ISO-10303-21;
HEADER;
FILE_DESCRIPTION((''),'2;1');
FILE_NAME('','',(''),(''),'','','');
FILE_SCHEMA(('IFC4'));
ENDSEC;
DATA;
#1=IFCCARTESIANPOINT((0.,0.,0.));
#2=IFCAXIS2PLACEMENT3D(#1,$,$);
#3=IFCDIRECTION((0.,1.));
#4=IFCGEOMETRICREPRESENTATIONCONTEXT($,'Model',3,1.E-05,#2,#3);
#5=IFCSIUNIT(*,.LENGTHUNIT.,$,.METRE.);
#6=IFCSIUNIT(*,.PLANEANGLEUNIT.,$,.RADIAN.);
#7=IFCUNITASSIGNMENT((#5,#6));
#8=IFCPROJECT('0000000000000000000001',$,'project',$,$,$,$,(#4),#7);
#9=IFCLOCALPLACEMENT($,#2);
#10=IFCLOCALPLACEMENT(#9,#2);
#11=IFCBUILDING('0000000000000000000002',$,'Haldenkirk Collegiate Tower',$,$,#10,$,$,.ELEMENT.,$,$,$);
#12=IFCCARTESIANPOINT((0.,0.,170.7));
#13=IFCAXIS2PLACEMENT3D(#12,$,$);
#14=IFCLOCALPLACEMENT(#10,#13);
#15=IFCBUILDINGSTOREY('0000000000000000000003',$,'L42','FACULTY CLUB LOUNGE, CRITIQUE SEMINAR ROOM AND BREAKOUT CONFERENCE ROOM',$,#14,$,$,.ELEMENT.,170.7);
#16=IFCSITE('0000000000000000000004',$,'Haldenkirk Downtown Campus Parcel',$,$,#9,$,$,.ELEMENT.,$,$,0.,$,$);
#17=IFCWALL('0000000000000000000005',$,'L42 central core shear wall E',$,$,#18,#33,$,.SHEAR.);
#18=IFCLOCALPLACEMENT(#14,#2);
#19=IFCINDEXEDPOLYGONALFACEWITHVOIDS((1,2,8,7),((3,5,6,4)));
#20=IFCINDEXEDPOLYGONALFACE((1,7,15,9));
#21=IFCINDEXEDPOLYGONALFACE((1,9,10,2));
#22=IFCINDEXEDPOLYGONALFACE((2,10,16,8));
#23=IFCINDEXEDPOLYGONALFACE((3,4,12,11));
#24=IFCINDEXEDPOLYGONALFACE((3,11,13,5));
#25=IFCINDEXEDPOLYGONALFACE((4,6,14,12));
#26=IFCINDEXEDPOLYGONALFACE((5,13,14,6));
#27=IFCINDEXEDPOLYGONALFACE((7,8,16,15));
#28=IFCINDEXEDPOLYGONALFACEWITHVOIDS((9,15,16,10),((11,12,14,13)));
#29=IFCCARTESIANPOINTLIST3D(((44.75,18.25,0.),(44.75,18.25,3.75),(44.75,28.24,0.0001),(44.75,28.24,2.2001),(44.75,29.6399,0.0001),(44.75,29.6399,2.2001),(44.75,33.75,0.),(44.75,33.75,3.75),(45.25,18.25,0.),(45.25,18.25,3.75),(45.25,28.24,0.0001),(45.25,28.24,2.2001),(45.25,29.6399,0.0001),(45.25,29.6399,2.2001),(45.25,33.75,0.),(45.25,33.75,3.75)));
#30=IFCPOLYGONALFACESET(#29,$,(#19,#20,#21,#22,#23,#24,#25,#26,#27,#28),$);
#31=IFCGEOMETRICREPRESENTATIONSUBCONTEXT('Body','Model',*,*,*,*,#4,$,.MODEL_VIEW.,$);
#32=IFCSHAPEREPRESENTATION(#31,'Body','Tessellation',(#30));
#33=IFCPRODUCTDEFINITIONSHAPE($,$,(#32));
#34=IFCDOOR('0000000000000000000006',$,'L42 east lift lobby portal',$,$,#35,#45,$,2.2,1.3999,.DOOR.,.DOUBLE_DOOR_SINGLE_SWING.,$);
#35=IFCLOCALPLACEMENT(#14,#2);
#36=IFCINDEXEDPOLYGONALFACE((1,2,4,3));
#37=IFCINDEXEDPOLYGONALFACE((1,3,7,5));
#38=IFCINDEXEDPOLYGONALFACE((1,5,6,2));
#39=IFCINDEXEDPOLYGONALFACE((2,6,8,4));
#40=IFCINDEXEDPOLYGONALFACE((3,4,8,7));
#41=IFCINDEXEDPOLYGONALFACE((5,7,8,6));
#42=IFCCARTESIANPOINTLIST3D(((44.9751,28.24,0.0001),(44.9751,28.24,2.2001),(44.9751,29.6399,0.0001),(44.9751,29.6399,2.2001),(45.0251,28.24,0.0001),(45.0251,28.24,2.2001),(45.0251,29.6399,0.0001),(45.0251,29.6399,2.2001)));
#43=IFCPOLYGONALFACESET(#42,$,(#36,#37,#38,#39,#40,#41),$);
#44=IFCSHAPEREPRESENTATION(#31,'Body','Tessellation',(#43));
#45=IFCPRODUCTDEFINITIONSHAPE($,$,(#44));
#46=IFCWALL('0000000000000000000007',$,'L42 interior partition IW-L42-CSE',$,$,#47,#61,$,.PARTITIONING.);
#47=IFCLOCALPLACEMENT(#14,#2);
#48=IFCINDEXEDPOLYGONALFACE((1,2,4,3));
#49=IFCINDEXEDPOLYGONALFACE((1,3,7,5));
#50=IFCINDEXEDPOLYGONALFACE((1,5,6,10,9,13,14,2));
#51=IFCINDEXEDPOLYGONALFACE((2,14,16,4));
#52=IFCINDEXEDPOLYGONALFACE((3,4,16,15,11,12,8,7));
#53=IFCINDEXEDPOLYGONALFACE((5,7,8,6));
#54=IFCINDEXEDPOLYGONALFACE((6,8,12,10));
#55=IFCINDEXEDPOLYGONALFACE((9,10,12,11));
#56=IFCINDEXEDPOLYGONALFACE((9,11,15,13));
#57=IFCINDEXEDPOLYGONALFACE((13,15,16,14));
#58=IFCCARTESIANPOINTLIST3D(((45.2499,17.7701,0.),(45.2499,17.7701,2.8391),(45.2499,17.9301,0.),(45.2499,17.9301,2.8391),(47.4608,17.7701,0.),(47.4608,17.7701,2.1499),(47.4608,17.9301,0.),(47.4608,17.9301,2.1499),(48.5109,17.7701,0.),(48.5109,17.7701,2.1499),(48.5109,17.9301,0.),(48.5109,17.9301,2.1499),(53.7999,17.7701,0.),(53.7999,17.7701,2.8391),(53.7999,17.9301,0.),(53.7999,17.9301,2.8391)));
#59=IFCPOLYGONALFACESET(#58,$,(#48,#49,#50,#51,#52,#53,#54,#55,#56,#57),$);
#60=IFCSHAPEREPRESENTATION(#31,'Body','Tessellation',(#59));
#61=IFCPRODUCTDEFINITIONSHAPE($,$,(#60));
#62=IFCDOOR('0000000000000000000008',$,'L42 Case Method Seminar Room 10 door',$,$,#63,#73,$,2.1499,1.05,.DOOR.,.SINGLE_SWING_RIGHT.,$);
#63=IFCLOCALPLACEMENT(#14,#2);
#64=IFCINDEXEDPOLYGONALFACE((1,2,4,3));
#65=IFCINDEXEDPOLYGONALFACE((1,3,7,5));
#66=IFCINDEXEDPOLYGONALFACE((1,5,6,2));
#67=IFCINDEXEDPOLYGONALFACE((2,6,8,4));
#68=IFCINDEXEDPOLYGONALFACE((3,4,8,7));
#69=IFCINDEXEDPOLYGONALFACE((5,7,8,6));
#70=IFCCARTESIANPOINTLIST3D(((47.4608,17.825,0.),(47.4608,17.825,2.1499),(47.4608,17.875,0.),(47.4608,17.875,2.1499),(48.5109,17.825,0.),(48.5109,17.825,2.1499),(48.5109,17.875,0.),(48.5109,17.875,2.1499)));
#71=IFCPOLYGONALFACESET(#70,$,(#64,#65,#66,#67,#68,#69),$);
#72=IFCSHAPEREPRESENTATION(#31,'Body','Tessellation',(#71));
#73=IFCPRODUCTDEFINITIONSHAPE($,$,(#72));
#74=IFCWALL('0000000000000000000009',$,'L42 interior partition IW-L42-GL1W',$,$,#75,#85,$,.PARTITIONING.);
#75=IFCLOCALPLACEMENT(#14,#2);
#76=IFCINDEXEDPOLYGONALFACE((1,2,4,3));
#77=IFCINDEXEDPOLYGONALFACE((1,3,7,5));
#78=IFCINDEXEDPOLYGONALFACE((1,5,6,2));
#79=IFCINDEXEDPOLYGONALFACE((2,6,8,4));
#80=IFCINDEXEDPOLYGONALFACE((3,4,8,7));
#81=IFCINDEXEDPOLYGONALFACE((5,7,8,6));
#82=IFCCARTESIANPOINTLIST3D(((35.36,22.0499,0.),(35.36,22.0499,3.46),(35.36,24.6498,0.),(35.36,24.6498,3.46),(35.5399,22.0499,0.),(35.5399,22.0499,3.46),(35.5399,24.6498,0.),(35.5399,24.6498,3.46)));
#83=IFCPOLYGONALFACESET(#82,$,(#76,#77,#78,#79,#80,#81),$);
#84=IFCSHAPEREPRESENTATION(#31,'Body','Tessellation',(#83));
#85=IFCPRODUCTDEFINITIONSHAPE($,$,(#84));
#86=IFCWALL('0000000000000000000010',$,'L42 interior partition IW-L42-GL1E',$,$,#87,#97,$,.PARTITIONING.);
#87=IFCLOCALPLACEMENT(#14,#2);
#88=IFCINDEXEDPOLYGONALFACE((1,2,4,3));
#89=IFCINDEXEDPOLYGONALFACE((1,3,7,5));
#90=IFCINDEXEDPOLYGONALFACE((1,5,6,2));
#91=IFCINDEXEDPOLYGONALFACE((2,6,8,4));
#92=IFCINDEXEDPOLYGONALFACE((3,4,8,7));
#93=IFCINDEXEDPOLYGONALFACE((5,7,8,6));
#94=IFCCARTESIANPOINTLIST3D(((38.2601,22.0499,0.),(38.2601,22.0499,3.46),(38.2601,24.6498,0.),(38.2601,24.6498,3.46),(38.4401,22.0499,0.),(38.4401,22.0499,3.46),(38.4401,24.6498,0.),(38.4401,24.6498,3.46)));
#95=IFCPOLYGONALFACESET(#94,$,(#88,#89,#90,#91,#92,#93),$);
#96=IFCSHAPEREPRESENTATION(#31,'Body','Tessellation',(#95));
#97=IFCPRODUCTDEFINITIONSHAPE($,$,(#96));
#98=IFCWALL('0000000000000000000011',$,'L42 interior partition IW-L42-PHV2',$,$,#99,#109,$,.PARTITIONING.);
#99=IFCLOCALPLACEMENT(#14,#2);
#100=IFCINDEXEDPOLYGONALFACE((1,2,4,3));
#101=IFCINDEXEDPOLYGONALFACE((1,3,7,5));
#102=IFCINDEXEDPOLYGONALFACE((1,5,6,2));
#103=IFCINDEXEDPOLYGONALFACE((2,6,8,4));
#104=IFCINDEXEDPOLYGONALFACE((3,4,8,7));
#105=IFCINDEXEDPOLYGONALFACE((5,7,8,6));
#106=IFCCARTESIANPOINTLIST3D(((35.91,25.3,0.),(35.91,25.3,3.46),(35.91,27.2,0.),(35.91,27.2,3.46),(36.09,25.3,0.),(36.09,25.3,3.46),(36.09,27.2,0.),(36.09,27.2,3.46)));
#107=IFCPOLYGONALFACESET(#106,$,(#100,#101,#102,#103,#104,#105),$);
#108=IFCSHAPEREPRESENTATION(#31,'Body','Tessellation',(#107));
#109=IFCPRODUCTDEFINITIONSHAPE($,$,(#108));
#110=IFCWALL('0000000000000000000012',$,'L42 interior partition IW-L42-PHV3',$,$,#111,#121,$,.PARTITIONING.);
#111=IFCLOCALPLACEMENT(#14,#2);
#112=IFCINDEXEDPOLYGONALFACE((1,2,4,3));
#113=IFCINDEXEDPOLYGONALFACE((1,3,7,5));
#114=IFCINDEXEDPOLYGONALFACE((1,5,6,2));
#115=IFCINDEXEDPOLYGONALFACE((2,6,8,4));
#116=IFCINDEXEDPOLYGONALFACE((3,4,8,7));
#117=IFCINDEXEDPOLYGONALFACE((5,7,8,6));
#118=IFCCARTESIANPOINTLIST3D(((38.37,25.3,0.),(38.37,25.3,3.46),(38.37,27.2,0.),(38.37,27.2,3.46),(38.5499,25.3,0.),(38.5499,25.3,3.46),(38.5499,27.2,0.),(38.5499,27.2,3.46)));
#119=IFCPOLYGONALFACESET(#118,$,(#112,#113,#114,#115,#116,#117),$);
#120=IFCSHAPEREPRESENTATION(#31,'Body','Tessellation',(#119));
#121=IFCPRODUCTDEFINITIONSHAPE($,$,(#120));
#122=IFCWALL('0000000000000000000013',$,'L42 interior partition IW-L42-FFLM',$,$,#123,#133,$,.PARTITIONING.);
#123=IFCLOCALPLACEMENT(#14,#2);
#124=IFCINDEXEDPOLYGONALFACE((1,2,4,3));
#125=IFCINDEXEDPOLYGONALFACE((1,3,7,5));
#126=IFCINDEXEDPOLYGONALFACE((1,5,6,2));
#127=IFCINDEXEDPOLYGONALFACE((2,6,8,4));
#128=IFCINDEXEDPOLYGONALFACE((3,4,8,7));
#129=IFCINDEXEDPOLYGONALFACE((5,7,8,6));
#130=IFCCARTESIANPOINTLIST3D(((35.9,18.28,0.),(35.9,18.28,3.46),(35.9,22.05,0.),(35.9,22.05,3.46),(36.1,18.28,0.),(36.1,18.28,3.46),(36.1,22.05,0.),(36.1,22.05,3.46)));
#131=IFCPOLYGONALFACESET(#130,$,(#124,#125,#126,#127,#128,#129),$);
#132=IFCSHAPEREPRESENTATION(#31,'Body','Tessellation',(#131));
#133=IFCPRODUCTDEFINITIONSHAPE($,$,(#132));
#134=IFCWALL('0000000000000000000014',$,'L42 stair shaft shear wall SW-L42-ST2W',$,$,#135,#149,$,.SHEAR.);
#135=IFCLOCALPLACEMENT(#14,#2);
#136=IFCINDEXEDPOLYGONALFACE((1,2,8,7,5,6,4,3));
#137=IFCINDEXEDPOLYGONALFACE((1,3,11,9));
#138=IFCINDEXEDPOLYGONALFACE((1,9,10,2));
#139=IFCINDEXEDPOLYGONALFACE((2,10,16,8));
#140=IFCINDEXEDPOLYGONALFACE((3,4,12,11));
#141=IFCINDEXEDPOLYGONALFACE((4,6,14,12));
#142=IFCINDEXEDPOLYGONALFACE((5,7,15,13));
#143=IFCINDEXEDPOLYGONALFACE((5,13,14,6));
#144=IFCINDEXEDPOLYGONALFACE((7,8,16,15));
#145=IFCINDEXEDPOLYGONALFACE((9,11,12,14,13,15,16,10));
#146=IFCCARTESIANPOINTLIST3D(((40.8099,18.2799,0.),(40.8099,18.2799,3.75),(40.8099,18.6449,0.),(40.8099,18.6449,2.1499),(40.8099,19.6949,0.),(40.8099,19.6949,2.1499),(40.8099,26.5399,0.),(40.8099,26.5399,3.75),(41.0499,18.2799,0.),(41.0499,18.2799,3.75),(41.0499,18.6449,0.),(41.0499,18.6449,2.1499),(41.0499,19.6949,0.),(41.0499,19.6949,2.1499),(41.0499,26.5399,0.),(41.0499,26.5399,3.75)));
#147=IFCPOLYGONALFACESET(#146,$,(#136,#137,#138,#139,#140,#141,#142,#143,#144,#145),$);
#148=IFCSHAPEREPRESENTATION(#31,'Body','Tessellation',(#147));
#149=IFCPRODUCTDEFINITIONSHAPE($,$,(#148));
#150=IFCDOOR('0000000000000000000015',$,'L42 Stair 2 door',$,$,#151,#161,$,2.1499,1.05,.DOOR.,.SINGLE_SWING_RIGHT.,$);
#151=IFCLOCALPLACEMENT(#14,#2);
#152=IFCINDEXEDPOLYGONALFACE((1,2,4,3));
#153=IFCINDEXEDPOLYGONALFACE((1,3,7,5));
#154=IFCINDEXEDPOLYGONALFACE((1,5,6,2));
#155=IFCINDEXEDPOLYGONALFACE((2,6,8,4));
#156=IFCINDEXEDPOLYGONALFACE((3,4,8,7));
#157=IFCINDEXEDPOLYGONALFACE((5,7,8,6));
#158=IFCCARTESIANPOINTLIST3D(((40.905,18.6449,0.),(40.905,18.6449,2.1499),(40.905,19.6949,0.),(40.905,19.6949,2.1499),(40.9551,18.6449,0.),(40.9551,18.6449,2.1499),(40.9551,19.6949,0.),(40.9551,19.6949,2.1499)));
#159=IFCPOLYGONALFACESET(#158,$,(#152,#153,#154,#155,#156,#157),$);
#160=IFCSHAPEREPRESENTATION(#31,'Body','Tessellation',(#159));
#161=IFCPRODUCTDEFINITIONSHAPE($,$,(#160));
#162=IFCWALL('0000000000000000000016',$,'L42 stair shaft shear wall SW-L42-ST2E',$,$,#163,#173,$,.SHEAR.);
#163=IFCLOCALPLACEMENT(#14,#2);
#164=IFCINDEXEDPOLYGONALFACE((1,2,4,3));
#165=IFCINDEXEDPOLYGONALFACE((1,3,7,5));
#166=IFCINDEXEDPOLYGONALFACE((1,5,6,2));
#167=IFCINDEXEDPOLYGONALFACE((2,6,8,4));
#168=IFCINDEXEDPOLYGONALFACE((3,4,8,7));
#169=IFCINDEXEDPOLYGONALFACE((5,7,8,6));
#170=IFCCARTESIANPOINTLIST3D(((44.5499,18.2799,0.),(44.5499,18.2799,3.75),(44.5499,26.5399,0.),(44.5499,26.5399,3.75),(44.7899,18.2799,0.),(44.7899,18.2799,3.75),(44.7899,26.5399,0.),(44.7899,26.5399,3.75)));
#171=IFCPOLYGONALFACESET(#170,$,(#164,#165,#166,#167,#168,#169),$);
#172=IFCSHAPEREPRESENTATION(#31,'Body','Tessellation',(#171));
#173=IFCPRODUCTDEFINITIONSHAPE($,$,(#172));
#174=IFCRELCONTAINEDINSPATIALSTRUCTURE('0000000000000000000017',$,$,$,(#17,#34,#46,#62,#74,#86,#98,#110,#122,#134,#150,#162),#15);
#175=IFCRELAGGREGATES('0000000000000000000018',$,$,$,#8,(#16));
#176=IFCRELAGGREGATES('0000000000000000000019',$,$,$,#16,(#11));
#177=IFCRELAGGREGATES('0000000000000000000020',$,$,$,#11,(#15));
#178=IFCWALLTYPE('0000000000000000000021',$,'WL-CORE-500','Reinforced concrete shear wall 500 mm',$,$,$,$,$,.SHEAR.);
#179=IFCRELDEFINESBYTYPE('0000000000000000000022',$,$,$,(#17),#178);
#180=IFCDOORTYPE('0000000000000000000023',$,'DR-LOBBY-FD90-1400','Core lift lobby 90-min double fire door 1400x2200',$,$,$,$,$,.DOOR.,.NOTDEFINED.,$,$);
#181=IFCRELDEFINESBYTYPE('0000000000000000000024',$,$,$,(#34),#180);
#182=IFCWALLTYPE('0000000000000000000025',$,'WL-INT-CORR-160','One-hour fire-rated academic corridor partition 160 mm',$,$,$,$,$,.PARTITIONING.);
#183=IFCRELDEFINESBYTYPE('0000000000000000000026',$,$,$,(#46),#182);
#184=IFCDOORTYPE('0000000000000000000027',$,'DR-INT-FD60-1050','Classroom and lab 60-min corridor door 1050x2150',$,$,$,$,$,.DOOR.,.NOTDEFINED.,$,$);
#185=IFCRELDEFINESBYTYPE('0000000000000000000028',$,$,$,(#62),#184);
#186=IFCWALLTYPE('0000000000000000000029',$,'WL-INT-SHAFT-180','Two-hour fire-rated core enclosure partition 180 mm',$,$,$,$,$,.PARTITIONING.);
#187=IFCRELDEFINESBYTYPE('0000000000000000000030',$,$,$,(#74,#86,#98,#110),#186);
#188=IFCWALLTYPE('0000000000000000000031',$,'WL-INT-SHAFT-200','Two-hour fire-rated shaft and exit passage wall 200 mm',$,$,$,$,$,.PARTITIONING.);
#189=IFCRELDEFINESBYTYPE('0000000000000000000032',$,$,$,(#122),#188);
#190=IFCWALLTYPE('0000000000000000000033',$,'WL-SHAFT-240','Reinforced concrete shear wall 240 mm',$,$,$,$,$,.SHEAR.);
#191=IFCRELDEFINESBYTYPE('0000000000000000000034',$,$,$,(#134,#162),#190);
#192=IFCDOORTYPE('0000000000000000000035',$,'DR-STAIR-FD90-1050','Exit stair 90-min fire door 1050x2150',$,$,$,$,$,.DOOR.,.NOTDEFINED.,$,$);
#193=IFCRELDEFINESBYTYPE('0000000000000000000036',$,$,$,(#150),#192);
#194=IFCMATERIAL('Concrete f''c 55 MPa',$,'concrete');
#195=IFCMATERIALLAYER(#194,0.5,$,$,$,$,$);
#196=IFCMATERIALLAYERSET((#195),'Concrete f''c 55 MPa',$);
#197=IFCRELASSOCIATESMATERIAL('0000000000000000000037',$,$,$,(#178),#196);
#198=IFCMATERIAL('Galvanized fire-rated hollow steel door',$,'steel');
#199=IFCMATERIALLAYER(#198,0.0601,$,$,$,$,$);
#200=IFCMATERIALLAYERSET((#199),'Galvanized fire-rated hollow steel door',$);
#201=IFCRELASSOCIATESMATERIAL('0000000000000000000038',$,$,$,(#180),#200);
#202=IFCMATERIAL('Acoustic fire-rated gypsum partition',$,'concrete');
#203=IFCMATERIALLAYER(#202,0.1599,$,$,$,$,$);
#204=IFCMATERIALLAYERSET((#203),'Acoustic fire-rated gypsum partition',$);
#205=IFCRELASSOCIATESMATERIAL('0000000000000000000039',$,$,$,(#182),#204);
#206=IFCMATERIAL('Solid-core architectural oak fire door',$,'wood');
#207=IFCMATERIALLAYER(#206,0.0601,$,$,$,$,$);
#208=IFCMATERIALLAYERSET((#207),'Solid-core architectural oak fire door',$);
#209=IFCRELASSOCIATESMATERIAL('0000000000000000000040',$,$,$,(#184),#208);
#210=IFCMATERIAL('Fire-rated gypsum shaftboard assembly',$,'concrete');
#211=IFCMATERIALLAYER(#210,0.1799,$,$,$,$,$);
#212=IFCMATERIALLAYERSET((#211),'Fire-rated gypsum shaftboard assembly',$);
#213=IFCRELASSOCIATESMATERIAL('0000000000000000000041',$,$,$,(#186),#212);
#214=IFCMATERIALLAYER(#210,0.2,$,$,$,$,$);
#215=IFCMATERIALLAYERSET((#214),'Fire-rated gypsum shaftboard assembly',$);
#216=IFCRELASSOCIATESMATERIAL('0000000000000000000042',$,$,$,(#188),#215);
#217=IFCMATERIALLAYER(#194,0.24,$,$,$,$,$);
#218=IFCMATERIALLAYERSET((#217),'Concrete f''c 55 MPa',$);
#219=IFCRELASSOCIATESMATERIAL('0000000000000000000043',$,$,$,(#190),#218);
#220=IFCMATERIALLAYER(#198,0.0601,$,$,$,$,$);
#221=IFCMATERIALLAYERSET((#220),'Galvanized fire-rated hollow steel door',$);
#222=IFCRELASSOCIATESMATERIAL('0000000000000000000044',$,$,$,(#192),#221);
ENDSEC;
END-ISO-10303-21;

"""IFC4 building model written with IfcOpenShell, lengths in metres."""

from ifc_helpers import new_model, si_unit, direction, frame, frame_2d, origin, place, context, subcontext, project, spatial, rectangle, extrude, material, layer, layer_set, type_object, element, fill, save


model = new_model("IFC4")

# Units and contexts
model_context = context("Model", 3, precision=1e-05, world=origin(), true_north=direction((0.0, 1.0)))
body_context = subcontext(model_context, "Body", "Model", "MODEL_VIEW")
ifc_project = project(units=[si_unit("LENGTHUNIT", "METRE"), si_unit("PLANEANGLEUNIT", "RADIAN")], contexts=[model_context])

# Site, building, storey
site_placement = place(None, origin())
site = spatial("IfcSite", under=ifc_project, at=site_placement, Name="Haldenkirk Downtown Campus Parcel", CompositionType="ELEMENT", RefElevation=0.0)
building_placement = place(site_placement, origin())
building = spatial("IfcBuilding", under=site, at=building_placement, Name="Haldenkirk Collegiate Tower", CompositionType="ELEMENT")
storey_placement = place(building_placement, frame((0.0, 0.0, 170.7)))
storey = spatial("IfcBuildingStorey", under=building, at=storey_placement, Name="L42", Description="FACULTY CLUB LOUNGE, CRITIQUE SEMINAR ROOM AND BREAKOUT CONFERENCE ROOM", CompositionType="ELEMENT", Elevation=170.7)

# Walls, openings, doors
ifc_material_1 = material(Name="Concrete f'c 55 MPa", Category="concrete")
ifc_layer_1 = layer(ifc_material_1, 0.5)
ifc_layer_set_1 = layer_set([ifc_layer_1], Name="Concrete f'c 55 MPa")
wall_type_1 = type_object("IfcWallType", Name="WL-CORE-500", Description="Reinforced concrete shear wall 500 mm", PredefinedType="SHEAR", material=ifc_layer_set_1)
wall_1_placement = place(storey_placement, frame((45.0, 18.25, 0.0), z_axis=(0.0, 0.0, 1.0), x_axis=(0.0, 1.0, 0.0)))
wall_1 = element("IfcWall", 1, at=wall_1_placement, inside=storey, type_object=wall_type_1, Name="L42 central core shear wall E", PredefinedType="SHEAR", context=body_context, shape_type="SweptSolid", body=[
    extrude(rectangle(XDim=15.5, YDim=0.5, at=frame_2d((7.75, 0.0))), origin(), (0.0, 0.0, 1.0), 3.75),
])
opening_1_placement = place(wall_1_placement, frame((9.99, 0.0, 0.0)))
opening_1 = element("IfcOpeningElement", 2, at=opening_1_placement, cuts=wall_1, PredefinedType="OPENING", context=body_context, shape_type="SweptSolid", body=[
    extrude(rectangle(XDim=1.3999, YDim=2.2, at=frame_2d((0.7, 1.1001))), frame((0.0, 0.26, 0.0), z_axis=(0.0, -1.0, 0.0), x_axis=(1.0, 0.0, 0.0)), (0.0, 0.0, 1.0), 0.52),
])
ifc_material_2 = material(Name="Galvanized fire-rated hollow steel door", Category="steel")
ifc_layer_2 = layer(ifc_material_2, 0.0601)
ifc_layer_set_2 = layer_set([ifc_layer_2], Name="Galvanized fire-rated hollow steel door")
door_type_1 = type_object("IfcDoorType", Name="DR-LOBBY-FD90-1400", Description="Core lift lobby 90-min double fire door 1400x2200", OperationType="NOTDEFINED", PredefinedType="DOOR", material=ifc_layer_set_2)
door_1_placement = place(opening_1_placement, origin())
door_1 = element("IfcDoor", 3, at=door_1_placement, inside=storey, type_object=door_type_1, Name="L42 east lift lobby portal", OperationType="DOUBLE_DOOR_SINGLE_SWING", OverallHeight=2.2, OverallWidth=1.3999, PredefinedType="DOOR", context=body_context, shape_type="SweptSolid", body=[
    extrude(rectangle(XDim=1.3999, YDim=2.2, at=frame_2d((0.7, 1.1001))), frame((0.0, 0.0249, 0.0), z_axis=(0.0, -1.0, 0.0), x_axis=(1.0, 0.0, 0.0)), (0.0, 0.0, 1.0), 0.05),
])
fill(opening_1, door_1)
ifc_material_3 = material(Name="Acoustic fire-rated gypsum partition", Category="concrete")
ifc_layer_3 = layer(ifc_material_3, 0.1599)
ifc_layer_set_3 = layer_set([ifc_layer_3], Name="Acoustic fire-rated gypsum partition")
wall_type_2 = type_object("IfcWallType", Name="WL-INT-CORR-160", Description="One-hour fire-rated academic corridor partition 160 mm", PredefinedType="PARTITIONING", material=ifc_layer_set_3)
wall_2_placement = place(storey_placement, frame((45.25, 17.8501, 0.0), z_axis=(0.0, 0.0, 1.0), x_axis=(1.0, 0.0, 0.0)))
wall_2 = element("IfcWall", 4, at=wall_2_placement, inside=storey, type_object=wall_type_2, Name="L42 interior partition IW-L42-CSE", PredefinedType="PARTITIONING", context=body_context, shape_type="SweptSolid", body=[
    extrude(rectangle(XDim=8.55, YDim=0.1599, at=frame_2d((4.2749, 0.0))), origin(), (0.0, 0.0, 1.0), 2.8391),
])
opening_2_placement = place(wall_2_placement, frame((2.2109, 0.0, 0.0)))
opening_2 = element("IfcOpeningElement", 5, at=opening_2_placement, cuts=wall_2, PredefinedType="OPENING", context=body_context, shape_type="SweptSolid", body=[
    extrude(rectangle(XDim=1.05, YDim=2.1499, at=frame_2d((0.5249, 1.075))), frame((0.0, 0.0898, 0.0), z_axis=(0.0, -1.0, 0.0), x_axis=(1.0, 0.0, 0.0)), (0.0, 0.0, 1.0), 0.1799),
])
ifc_material_4 = material(Name="Solid-core architectural oak fire door", Category="wood")
ifc_layer_4 = layer(ifc_material_4, 0.0601)
ifc_layer_set_4 = layer_set([ifc_layer_4], Name="Solid-core architectural oak fire door")
door_type_2 = type_object("IfcDoorType", Name="DR-INT-FD60-1050", Description="Classroom and lab 60-min corridor door 1050x2150", OperationType="NOTDEFINED", PredefinedType="DOOR", material=ifc_layer_set_4)
door_2_placement = place(opening_2_placement, origin())
door_2 = element("IfcDoor", 6, at=door_2_placement, inside=storey, type_object=door_type_2, Name="L42 Case Method Seminar Room 10 door", OperationType="SINGLE_SWING_RIGHT", OverallHeight=2.1499, OverallWidth=1.05, PredefinedType="DOOR", context=body_context, shape_type="SweptSolid", body=[
    extrude(rectangle(XDim=1.05, YDim=2.1499, at=frame_2d((0.5249, 1.075))), frame((0.0, 0.0249, 0.0), z_axis=(0.0, -1.0, 0.0), x_axis=(1.0, 0.0, 0.0)), (0.0, 0.0, 1.0), 0.05),
])
fill(opening_2, door_2)

# Walls
ifc_material_5 = material(Name="Fire-rated gypsum shaftboard assembly", Category="concrete")
ifc_layer_5 = layer(ifc_material_5, 0.1799)
ifc_layer_set_5 = layer_set([ifc_layer_5], Name="Fire-rated gypsum shaftboard assembly")
wall_type_3 = type_object("IfcWallType", Name="WL-INT-SHAFT-180", Description="Two-hour fire-rated core enclosure partition 180 mm", PredefinedType="PARTITIONING", material=ifc_layer_set_5)
for number, where, z_axis, x_axis, name in (
    (7, (35.45, 22.05, 0.0), (0.0, 0.0, 1.0), (0.0, 1.0, 0.0), "L42 interior partition IW-L42-GL1W"),
    (8, (38.3501, 22.05, 0.0), (0.0, 0.0, 1.0), (0.0, 1.0, 0.0), "L42 interior partition IW-L42-GL1E"),
):
    element("IfcWall", number, at=place(storey_placement, frame(where, z_axis=z_axis, x_axis=x_axis)), inside=storey, type_object=wall_type_3, Name=name, PredefinedType="PARTITIONING", context=body_context, shape_type="SweptSolid", body=[
        extrude(rectangle(XDim=2.5999, YDim=0.1799, at=frame_2d((1.2998, 0.0))), origin(), (0.0, 0.0, 1.0), 3.46),
    ])
for number, where, z_axis, x_axis, name in (
    (9, (36.0, 25.3, 0.0), (0.0, 0.0, 1.0), (0.0, 1.0, 0.0), "L42 interior partition IW-L42-PHV2"),
    (10, (38.46, 25.3, 0.0), (0.0, 0.0, 1.0), (0.0, 1.0, 0.0), "L42 interior partition IW-L42-PHV3"),
):
    element("IfcWall", number, at=place(storey_placement, frame(where, z_axis=z_axis, x_axis=x_axis)), inside=storey, type_object=wall_type_3, Name=name, PredefinedType="PARTITIONING", context=body_context, shape_type="SweptSolid", body=[
        extrude(rectangle(XDim=1.8999, YDim=0.1799, at=frame_2d((0.95, 0.0))), origin(), (0.0, 0.0, 1.0), 3.46),
    ])
ifc_layer_6 = layer(ifc_material_5, 0.2)
ifc_layer_set_6 = layer_set([ifc_layer_6], Name="Fire-rated gypsum shaftboard assembly")
wall_type_4 = type_object("IfcWallType", Name="WL-INT-SHAFT-200", Description="Two-hour fire-rated shaft and exit passage wall 200 mm", PredefinedType="PARTITIONING", material=ifc_layer_set_6)
wall_3_placement = place(storey_placement, frame((36.0, 18.28, 0.0), z_axis=(0.0, 0.0, 1.0), x_axis=(0.0, 1.0, 0.0)))
element("IfcWall", 11, at=wall_3_placement, inside=storey, type_object=wall_type_4, Name="L42 interior partition IW-L42-FFLM", PredefinedType="PARTITIONING", context=body_context, shape_type="SweptSolid", body=[
    extrude(rectangle(XDim=3.77, YDim=0.2, at=frame_2d((1.885, 0.0))), origin(), (0.0, 0.0, 1.0), 3.46),
])

# Wall, opening, door
ifc_layer_7 = layer(ifc_material_1, 0.24)
ifc_layer_set_7 = layer_set([ifc_layer_7], Name="Concrete f'c 55 MPa")
wall_type_5 = type_object("IfcWallType", Name="WL-SHAFT-240", Description="Reinforced concrete shear wall 240 mm", PredefinedType="SHEAR", material=ifc_layer_set_7)
wall_4_placement = place(storey_placement, frame((40.9299, 18.28, 0.0), z_axis=(0.0, 0.0, 1.0), x_axis=(0.0, 1.0, 0.0)))
wall_4 = element("IfcWall", 12, at=wall_4_placement, inside=storey, type_object=wall_type_5, Name="L42 stair shaft shear wall SW-L42-ST2W", PredefinedType="SHEAR", context=body_context, shape_type="SweptSolid", body=[
    extrude(rectangle(XDim=8.26, YDim=0.24, at=frame_2d((4.1299, 0.0))), origin(), (0.0, 0.0, 1.0), 3.75),
])
opening_3_placement = place(wall_4_placement, frame((0.365, 0.0, 0.0)))
opening_3 = element("IfcOpeningElement", 13, at=opening_3_placement, cuts=wall_4, PredefinedType="OPENING", context=body_context, shape_type="SweptSolid", body=[
    extrude(rectangle(XDim=1.05, YDim=2.1499, at=frame_2d((0.5249, 1.075))), frame((0.0, 0.1299, 0.0), z_axis=(0.0, -1.0, 0.0), x_axis=(1.0, 0.0, 0.0)), (0.0, 0.0, 1.0), 0.26),
])
ifc_layer_8 = layer(ifc_material_2, 0.0601)
ifc_layer_set_8 = layer_set([ifc_layer_8], Name="Galvanized fire-rated hollow steel door")
door_type_3 = type_object("IfcDoorType", Name="DR-STAIR-FD90-1050", Description="Exit stair 90-min fire door 1050x2150", OperationType="NOTDEFINED", PredefinedType="DOOR", material=ifc_layer_set_8)
door_3_placement = place(opening_3_placement, origin())
door_3 = element("IfcDoor", 14, at=door_3_placement, inside=storey, type_object=door_type_3, Name="L42 Stair 2 door", OperationType="SINGLE_SWING_RIGHT", OverallHeight=2.1499, OverallWidth=1.05, PredefinedType="DOOR", context=body_context, shape_type="SweptSolid", body=[
    extrude(rectangle(XDim=1.05, YDim=2.1499, at=frame_2d((0.5249, 1.075))), frame((0.0, 0.0249, 0.0), z_axis=(0.0, -1.0, 0.0), x_axis=(1.0, 0.0, 0.0)), (0.0, 0.0, 1.0), 0.05),
])
fill(opening_3, door_3)

# Wall
wall_5_placement = place(storey_placement, frame((44.6699, 18.28, 0.0), z_axis=(0.0, 0.0, 1.0), x_axis=(0.0, 1.0, 0.0)))
element("IfcWall", 15, at=wall_5_placement, inside=storey, type_object=wall_type_5, Name="L42 stair shaft shear wall SW-L42-ST2E", PredefinedType="SHEAR", context=body_context, shape_type="SweptSolid", body=[
    extrude(rectangle(XDim=8.26, YDim=0.24, at=frame_2d((4.1299, 0.0))), origin(), (0.0, 0.0, 1.0), 3.75),
])

save(model, "model.ifc")
